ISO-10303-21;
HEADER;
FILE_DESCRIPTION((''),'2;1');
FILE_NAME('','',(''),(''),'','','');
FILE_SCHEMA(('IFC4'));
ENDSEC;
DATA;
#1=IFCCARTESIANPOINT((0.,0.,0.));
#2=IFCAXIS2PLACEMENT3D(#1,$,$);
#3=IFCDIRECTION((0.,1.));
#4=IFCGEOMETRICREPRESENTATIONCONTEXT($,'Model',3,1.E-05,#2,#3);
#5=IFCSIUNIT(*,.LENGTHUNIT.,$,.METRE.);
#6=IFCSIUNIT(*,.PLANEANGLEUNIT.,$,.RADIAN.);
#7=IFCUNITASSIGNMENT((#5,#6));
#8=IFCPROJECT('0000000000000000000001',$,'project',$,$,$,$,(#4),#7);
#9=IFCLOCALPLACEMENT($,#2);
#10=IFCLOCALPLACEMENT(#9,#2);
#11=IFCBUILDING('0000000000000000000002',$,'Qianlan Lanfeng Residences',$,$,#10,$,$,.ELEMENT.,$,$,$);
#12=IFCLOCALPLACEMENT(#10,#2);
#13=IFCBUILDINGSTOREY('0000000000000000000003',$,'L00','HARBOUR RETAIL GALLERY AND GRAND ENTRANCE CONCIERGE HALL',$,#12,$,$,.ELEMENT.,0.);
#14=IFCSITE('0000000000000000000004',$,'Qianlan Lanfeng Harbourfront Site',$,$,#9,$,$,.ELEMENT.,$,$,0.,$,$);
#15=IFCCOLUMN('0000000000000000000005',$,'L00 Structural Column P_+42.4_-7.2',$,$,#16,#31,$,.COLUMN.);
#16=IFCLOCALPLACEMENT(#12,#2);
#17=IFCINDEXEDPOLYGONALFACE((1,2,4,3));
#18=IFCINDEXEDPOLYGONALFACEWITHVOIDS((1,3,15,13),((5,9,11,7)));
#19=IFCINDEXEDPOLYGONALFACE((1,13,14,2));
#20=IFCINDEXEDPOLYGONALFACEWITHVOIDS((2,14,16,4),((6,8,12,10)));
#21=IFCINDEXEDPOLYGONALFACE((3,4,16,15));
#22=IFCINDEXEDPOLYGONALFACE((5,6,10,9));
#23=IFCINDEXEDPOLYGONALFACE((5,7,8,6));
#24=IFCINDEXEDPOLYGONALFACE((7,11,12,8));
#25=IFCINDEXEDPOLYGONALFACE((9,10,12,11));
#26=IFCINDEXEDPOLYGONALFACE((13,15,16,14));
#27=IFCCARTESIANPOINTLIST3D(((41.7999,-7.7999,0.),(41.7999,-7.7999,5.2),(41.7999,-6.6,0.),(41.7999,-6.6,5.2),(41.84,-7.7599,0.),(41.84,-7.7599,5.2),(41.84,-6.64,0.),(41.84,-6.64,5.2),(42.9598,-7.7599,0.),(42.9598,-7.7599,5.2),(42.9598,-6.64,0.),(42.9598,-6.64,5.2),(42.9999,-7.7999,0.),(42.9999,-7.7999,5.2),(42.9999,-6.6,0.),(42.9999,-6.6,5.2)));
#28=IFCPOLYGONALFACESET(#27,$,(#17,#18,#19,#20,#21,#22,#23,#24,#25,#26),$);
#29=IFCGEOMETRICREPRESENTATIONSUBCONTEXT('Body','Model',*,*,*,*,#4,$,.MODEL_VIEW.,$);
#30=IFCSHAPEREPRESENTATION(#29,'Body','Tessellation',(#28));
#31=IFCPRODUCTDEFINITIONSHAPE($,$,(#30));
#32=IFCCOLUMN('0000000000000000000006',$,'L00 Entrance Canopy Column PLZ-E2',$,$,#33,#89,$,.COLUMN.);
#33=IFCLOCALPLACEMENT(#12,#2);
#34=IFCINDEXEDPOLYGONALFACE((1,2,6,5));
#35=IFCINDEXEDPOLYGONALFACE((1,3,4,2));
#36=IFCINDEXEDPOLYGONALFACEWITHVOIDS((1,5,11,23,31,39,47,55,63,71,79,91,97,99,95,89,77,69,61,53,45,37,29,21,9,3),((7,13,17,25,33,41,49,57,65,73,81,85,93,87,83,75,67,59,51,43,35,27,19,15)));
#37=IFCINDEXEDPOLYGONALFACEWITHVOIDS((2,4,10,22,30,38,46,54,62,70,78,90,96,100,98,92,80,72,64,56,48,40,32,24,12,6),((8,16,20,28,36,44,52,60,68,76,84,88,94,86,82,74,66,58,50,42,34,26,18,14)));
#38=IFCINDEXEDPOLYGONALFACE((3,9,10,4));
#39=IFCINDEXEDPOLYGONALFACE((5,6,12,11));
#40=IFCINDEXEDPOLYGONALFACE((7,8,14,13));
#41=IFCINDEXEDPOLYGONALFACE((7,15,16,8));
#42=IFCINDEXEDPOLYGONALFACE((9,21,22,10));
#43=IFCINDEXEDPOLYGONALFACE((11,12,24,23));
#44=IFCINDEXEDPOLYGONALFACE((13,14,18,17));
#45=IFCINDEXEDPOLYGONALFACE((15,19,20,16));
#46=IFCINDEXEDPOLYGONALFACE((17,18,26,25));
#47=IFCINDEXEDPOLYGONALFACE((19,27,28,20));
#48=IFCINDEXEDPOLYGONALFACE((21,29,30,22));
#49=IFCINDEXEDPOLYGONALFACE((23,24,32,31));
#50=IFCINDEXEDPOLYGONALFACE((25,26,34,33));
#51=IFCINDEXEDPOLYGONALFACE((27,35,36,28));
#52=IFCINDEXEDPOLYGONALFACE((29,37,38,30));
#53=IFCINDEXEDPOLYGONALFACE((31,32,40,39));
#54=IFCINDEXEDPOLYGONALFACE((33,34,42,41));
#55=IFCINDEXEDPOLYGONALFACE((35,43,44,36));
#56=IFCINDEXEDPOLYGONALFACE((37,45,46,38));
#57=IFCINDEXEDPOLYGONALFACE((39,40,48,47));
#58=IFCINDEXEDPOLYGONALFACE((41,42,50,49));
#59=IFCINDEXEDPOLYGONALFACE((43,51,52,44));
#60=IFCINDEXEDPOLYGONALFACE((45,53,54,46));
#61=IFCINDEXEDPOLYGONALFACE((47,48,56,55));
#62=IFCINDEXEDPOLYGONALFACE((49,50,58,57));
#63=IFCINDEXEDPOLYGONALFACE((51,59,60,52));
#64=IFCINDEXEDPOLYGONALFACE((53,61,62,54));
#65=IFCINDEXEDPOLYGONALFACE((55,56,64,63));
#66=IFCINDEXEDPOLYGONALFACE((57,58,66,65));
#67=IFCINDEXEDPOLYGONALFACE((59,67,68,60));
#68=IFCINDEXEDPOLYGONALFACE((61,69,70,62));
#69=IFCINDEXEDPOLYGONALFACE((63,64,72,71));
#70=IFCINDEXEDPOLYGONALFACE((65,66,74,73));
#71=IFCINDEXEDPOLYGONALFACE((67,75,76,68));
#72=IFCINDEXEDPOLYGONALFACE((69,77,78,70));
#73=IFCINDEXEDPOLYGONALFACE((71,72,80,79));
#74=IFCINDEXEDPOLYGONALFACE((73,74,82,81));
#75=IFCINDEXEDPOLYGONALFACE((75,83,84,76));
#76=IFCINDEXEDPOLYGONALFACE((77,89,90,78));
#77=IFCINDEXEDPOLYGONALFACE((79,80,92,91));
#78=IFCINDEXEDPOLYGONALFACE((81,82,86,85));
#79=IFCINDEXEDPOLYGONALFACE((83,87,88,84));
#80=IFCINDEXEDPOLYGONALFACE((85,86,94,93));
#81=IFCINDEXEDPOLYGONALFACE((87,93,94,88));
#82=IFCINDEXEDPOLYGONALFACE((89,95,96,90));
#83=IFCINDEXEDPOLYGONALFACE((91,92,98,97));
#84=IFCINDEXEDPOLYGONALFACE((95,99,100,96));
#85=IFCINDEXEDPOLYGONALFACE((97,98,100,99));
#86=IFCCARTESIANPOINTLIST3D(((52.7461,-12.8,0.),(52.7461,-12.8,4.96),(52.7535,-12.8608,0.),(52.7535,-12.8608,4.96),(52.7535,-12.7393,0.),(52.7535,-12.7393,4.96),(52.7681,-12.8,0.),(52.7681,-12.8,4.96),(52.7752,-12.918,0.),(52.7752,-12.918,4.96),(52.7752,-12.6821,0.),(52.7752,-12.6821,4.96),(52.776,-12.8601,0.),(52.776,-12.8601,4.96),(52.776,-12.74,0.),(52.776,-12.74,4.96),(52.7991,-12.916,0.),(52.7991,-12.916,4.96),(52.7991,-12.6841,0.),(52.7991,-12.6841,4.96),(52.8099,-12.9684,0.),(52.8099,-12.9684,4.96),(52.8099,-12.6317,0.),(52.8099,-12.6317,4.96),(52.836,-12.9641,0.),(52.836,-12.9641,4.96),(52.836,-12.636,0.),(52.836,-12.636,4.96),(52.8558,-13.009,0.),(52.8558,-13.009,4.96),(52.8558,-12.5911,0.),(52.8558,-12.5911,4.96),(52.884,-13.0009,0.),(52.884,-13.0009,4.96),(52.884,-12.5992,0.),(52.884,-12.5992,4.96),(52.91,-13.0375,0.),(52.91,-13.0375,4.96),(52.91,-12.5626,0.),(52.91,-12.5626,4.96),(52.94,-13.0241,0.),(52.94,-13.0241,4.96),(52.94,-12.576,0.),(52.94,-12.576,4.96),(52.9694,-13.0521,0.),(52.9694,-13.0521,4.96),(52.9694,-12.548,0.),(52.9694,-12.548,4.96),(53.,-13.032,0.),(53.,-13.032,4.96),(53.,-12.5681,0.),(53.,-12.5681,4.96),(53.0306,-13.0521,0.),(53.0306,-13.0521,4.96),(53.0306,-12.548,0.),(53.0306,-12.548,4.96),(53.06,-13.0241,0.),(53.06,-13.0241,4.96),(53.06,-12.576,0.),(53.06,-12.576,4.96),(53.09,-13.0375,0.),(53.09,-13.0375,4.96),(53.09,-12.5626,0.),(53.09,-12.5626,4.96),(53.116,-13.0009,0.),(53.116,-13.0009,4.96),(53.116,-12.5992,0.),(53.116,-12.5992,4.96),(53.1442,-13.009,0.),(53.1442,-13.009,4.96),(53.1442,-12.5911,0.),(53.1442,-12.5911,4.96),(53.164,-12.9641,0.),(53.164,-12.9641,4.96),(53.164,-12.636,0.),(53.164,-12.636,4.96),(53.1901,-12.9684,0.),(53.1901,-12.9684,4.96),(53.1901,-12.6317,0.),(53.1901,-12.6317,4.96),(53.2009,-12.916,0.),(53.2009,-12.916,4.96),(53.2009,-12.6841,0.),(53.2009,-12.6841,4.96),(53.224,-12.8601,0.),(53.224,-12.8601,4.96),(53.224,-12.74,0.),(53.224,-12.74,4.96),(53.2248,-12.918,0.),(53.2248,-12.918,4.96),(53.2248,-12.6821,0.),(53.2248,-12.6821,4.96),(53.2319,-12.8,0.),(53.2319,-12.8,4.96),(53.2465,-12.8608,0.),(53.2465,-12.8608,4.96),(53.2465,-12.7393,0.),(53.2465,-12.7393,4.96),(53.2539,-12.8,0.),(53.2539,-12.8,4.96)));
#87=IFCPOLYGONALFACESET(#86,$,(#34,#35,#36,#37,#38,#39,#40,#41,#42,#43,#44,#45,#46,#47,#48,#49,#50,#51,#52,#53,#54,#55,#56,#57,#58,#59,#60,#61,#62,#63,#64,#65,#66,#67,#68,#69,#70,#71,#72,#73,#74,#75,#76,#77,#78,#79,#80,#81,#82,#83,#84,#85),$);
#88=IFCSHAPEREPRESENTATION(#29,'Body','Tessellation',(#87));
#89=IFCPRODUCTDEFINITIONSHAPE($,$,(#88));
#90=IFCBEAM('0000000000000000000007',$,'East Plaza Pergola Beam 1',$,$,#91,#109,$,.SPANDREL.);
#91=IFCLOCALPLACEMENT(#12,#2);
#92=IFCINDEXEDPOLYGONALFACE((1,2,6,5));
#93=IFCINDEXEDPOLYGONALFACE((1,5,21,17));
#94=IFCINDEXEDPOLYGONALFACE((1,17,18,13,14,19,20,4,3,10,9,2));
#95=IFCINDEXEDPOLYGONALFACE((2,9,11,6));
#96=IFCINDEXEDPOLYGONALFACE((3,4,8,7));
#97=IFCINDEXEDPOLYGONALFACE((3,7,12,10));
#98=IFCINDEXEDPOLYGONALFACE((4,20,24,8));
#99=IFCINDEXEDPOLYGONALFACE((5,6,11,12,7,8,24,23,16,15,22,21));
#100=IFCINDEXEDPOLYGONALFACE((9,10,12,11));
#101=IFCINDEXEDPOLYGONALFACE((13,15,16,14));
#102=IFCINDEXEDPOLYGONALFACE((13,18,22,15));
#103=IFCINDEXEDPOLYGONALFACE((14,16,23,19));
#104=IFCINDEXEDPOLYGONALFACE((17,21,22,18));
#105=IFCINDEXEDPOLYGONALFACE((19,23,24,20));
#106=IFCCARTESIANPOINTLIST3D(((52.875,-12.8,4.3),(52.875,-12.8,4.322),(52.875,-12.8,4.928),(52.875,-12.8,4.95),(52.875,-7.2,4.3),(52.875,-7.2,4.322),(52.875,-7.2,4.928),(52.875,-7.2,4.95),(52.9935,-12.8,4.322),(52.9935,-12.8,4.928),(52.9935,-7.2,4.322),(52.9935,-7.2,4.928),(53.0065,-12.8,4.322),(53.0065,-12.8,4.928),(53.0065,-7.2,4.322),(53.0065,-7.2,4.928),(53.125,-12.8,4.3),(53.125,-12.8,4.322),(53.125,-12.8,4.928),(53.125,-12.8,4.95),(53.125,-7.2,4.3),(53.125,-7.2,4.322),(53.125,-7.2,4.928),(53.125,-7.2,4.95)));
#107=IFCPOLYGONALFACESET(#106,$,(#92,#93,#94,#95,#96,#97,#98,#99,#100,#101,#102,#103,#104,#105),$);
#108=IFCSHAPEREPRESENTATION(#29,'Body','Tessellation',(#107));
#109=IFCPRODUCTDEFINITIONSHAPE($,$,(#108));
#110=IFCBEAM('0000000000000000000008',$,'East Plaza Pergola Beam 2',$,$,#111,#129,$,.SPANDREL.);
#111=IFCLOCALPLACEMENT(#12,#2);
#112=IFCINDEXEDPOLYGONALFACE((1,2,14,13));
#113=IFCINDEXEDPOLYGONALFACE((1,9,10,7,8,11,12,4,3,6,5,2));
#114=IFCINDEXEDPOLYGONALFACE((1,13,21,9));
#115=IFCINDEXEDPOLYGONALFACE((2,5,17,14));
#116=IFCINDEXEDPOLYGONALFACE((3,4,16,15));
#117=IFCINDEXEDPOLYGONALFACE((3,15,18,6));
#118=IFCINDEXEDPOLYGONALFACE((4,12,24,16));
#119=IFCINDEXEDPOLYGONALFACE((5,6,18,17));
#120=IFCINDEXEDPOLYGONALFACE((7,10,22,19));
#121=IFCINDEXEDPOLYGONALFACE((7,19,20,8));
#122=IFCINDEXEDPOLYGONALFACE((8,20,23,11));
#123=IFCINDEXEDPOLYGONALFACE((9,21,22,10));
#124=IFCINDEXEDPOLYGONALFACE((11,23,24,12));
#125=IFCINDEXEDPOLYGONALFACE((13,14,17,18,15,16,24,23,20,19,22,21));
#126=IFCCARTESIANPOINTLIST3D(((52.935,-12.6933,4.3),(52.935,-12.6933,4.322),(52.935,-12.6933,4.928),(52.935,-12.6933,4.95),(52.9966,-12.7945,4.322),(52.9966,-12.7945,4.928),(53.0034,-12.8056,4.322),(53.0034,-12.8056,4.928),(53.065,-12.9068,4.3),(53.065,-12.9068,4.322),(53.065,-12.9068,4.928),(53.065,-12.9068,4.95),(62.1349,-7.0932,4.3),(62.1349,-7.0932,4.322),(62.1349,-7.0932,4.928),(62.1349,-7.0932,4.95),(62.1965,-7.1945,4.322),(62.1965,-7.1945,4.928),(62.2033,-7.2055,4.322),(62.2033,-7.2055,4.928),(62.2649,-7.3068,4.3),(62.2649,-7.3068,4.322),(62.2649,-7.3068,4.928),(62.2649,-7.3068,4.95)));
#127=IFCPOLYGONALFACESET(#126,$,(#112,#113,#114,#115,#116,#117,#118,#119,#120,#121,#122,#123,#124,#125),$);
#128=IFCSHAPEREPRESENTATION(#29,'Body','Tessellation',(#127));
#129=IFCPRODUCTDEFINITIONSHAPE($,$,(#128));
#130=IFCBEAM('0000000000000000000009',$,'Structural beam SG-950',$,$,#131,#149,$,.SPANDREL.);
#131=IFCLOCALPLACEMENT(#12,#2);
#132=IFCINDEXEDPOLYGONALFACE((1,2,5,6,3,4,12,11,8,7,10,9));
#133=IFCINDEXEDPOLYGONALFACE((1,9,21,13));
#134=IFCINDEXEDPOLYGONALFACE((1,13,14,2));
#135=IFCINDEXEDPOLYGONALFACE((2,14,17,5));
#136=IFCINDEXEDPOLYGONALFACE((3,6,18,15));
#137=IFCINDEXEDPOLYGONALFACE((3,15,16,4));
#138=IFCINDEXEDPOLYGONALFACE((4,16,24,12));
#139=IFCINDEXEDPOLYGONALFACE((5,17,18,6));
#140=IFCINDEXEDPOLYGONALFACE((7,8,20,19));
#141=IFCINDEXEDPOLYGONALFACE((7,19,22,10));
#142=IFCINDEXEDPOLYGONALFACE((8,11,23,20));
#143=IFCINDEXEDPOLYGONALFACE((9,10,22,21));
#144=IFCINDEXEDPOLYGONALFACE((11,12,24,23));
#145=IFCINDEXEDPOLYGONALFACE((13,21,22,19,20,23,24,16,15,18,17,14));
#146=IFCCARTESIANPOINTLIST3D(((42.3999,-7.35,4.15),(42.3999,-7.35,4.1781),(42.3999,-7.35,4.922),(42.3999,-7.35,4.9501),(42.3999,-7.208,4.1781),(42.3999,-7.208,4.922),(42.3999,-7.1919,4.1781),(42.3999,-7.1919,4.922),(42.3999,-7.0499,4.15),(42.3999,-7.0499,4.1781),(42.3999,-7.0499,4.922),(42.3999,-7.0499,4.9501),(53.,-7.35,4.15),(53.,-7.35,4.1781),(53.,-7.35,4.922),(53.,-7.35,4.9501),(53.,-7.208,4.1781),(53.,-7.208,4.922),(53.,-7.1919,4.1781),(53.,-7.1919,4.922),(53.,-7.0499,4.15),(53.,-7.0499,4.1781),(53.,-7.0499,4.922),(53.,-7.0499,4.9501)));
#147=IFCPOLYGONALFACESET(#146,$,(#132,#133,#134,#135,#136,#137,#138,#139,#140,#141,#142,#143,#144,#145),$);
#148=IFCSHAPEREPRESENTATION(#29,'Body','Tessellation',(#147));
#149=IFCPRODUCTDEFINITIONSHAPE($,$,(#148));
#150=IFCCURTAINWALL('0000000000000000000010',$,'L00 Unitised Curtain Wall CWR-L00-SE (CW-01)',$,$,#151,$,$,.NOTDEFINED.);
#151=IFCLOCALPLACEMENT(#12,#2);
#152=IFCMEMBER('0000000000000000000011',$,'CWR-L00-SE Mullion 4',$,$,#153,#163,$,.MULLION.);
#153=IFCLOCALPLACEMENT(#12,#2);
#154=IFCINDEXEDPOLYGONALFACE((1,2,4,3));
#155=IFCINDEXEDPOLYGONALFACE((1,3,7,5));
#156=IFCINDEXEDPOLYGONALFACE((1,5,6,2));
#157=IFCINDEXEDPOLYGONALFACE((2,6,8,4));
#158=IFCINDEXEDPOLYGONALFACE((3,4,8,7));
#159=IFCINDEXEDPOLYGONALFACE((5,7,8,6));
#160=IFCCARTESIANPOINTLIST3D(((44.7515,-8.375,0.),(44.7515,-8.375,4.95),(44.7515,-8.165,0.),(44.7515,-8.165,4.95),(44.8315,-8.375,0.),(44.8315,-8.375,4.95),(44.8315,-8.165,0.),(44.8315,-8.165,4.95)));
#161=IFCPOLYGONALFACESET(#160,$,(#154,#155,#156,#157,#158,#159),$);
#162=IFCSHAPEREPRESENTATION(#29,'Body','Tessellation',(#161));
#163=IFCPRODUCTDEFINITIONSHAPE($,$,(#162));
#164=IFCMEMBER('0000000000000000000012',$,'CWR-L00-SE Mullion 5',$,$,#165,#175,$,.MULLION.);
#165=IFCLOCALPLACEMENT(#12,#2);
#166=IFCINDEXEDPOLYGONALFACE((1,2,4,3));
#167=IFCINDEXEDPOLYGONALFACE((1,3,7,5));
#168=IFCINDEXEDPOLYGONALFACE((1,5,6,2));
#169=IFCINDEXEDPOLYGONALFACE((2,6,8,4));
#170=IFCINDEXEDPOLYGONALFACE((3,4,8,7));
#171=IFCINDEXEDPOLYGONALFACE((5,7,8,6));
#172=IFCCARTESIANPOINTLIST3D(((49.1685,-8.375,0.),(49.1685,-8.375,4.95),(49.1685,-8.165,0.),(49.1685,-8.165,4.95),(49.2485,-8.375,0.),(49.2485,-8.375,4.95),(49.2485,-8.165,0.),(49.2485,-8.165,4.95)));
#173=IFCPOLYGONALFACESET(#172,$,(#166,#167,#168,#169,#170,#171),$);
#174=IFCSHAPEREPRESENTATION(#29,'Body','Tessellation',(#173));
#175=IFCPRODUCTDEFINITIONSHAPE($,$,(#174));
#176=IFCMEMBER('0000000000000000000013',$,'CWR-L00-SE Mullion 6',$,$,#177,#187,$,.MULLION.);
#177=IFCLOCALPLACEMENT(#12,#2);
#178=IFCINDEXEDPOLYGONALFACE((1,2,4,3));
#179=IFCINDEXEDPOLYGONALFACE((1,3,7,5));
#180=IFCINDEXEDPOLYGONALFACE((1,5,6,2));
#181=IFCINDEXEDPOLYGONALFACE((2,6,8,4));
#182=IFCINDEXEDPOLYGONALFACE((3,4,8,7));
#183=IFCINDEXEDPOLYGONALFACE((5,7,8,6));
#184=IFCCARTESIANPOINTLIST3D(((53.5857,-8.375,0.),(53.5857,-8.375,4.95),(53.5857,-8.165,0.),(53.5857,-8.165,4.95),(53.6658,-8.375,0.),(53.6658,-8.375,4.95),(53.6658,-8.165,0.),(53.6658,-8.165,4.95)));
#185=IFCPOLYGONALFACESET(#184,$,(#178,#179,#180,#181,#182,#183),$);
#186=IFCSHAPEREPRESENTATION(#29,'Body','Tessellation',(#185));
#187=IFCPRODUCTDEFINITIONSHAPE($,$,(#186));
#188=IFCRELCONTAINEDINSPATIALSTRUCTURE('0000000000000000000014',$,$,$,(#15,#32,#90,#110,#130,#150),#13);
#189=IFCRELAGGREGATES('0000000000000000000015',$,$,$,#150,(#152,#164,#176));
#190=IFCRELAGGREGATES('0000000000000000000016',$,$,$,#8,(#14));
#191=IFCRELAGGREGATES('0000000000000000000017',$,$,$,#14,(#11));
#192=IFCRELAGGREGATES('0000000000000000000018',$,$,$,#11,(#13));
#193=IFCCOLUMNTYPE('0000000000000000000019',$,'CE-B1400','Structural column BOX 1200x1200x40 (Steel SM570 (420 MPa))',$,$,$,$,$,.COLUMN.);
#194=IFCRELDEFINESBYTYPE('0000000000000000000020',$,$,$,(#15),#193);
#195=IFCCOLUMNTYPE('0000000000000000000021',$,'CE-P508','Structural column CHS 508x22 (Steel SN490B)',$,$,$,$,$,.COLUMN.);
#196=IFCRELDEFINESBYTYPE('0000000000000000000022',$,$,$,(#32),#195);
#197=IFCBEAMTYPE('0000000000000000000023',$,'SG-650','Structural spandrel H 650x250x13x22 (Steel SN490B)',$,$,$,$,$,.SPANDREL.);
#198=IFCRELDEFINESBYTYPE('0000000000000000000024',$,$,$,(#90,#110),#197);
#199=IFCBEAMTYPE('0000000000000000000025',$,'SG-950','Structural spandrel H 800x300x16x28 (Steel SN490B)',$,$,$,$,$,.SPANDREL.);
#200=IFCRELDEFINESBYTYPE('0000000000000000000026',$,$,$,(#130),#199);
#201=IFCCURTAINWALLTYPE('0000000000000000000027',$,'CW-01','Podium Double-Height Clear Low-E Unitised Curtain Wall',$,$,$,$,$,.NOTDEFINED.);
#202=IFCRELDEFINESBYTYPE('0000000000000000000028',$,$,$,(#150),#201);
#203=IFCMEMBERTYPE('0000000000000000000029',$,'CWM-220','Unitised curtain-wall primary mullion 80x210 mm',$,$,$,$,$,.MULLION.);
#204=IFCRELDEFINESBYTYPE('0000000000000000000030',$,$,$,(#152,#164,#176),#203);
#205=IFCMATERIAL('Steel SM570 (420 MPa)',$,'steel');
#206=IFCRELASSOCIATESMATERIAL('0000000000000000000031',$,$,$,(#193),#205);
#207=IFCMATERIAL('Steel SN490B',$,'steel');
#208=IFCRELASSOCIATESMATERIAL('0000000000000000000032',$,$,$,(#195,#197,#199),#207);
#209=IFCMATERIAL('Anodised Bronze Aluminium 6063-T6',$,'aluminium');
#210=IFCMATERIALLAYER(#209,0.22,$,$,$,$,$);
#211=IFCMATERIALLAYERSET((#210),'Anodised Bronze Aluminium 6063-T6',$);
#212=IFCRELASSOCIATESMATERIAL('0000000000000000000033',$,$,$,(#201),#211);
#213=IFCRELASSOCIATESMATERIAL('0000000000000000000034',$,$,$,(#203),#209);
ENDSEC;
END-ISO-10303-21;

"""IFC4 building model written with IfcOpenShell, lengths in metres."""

from ifc_helpers import new_model, si_unit, direction, frame, origin, origin_2d, place, context, subcontext, project, spatial, rectangle, hollow_rectangle, hollow_circle, i_section, extrude, source, transform, mapped, material, layer, layer_set, material_profile, profile_set, type_object, element, aggregate, save


model = new_model("IFC4")

# Units and contexts
model_context = context("Model", 3, precision=1e-05, world=origin(), true_north=direction((0.0, 1.0)))
body_context = subcontext(model_context, "Body", "Model", "MODEL_VIEW")
ifc_project = project(units=[si_unit("LENGTHUNIT", "METRE"), si_unit("PLANEANGLEUNIT", "RADIAN")], contexts=[model_context])

# Site, building, storey
site_placement = place(None, origin())
site = spatial("IfcSite", under=ifc_project, at=site_placement, Name="Qianlan Lanfeng Harbourfront Site", CompositionType="ELEMENT", RefElevation=0.0)
building_placement = place(site_placement, origin())
building = spatial("IfcBuilding", under=site, at=building_placement, Name="Qianlan Lanfeng Residences", CompositionType="ELEMENT")
storey_placement = place(building_placement, origin())
storey = spatial("IfcBuildingStorey", under=building, at=storey_placement, Name="L00", Description="HARBOUR RETAIL GALLERY AND GRAND ENTRANCE CONCIERGE HALL", CompositionType="ELEMENT", Elevation=0.0)

# Columns
ifc_material_1 = material(Name="Steel SM570 (420 MPa)", Category="steel")
ifc_material_profile_1 = material_profile(ifc_material_1, hollow_rectangle(XDim=1.2, YDim=1.2, WallThickness=0.04, at=origin_2d()), Name="BOX 1200x1200x40")
ifc_profile_set_1 = profile_set([ifc_material_profile_1], Name="Steel SM570 (420 MPa)")
column_type_1 = type_object("IfcColumnType", Name="CE-B1400", Description="Structural column BOX 1200x1200x40 (Steel SM570 (420 MPa))", PredefinedType="COLUMN", material=ifc_profile_set_1)
column_1_placement = place(storey_placement, frame((42.3999, -7.2, 0.0), z_axis=(0.0, 0.0, 1.0), x_axis=(1.0, 0.0, 0.0)))
element("IfcColumn", 1, at=column_1_placement, inside=storey, type_object=column_type_1, Name="L00 Structural Column P_+42.4_-7.2", PredefinedType="COLUMN", context=body_context, shape_type="SweptSolid", body=[
    extrude(hollow_rectangle(XDim=1.2, YDim=1.2, WallThickness=0.04, at=origin_2d()), origin(), (0.0, 0.0, 1.0), 5.2),
])
ifc_material_2 = material(Name="Steel SN490B", Category="steel")
ifc_material_profile_2 = material_profile(ifc_material_2, hollow_circle(Radius=0.2539, WallThickness=0.022, at=origin_2d()), Name="CHS 508x22")
ifc_profile_set_2 = profile_set([ifc_material_profile_2], Name="Steel SN490B")
column_type_2 = type_object("IfcColumnType", Name="CE-P508", Description="Structural column CHS 508x22 (Steel SN490B)", PredefinedType="COLUMN", material=ifc_profile_set_2)
column_2_placement = place(storey_placement, frame((53.0, -12.8, 0.0), z_axis=(0.0, 0.0, 1.0), x_axis=(1.0, 0.0, 0.0)))
element("IfcColumn", 2, at=column_2_placement, inside=storey, type_object=column_type_2, Name="L00 Entrance Canopy Column PLZ-E2", PredefinedType="COLUMN", context=body_context, shape_type="SweptSolid", body=[
    extrude(hollow_circle(Radius=0.2539, WallThickness=0.022, at=origin_2d()), origin(), (0.0, 0.0, 1.0), 4.96),
])

# Beams
ifc_material_profile_3 = material_profile(ifc_material_2, i_section(OverallWidth=0.25, OverallDepth=0.6499, WebThickness=0.0129, FlangeThickness=0.022, at=origin_2d()), Name="H 650x250x13x22")
ifc_profile_set_3 = profile_set([ifc_material_profile_3], Name="Steel SN490B")
beam_type_1 = type_object("IfcBeamType", Name="SG-650", Description="Structural spandrel H 650x250x13x22 (Steel SN490B)", PredefinedType="SPANDREL", material=ifc_profile_set_3)
beam_1_placement = place(storey_placement, frame((53.0, -12.8, 4.625), z_axis=(0.0, 1.0, 0.0), x_axis=(-1.0, 0.0, 0.0)))
element("IfcBeam", 3, at=beam_1_placement, inside=storey, type_object=beam_type_1, Name="East Plaza Pergola Beam 1", PredefinedType="SPANDREL", context=body_context, shape_type="SweptSolid", body=[
    extrude(i_section(OverallWidth=0.25, OverallDepth=0.6499, WebThickness=0.0129, FlangeThickness=0.022, at=origin_2d()), origin(), (0.0, 0.0, 1.0), 5.6001),
])
beam_2_placement = place(storey_placement, frame((53.0, -12.8, 4.625), z_axis=(0.854193, 0.519956, 0.0), x_axis=(-0.519956, 0.854193, 0.0)))
element("IfcBeam", 4, at=beam_2_placement, inside=storey, type_object=beam_type_1, Name="East Plaza Pergola Beam 2", PredefinedType="SPANDREL", context=body_context, shape_type="SweptSolid", body=[
    extrude(i_section(OverallWidth=0.25, OverallDepth=0.6499, WebThickness=0.0129, FlangeThickness=0.022, at=origin_2d()), origin(), (0.0, 0.0, 1.0), 10.7703),
])
ifc_material_profile_4 = material_profile(ifc_material_2, i_section(OverallWidth=0.3, OverallDepth=0.8, WebThickness=0.0161, FlangeThickness=0.0281, at=origin_2d()), Name="H 800x300x16x28")
ifc_profile_set_4 = profile_set([ifc_material_profile_4], Name="Steel SN490B")
beam_type_2 = type_object("IfcBeamType", Name="SG-950", Description="Structural spandrel H 800x300x16x28 (Steel SN490B)", PredefinedType="SPANDREL", material=ifc_profile_set_4)
beam_3_placement = place(storey_placement, frame((42.3999, -7.2, 4.55), z_axis=(1.0, 0.0, 0.0), x_axis=(0.0, 1.0, 0.0)))
element("IfcBeam", 5, at=beam_3_placement, inside=storey, type_object=beam_type_2, Name="Structural beam SG-950", PredefinedType="SPANDREL", context=body_context, shape_type="SweptSolid", body=[
    extrude(i_section(OverallWidth=0.3, OverallDepth=0.8, WebThickness=0.0161, FlangeThickness=0.0281, at=origin_2d()), origin(), (0.0, 0.0, 1.0), 10.6001),
])

# Curtain wall, members
ifc_material_3 = material(Name="Anodised Bronze Aluminium 6063-T6", Category="aluminium")
ifc_layer_1 = layer(ifc_material_3, 0.22)
ifc_layer_set_1 = layer_set([ifc_layer_1], Name="Anodised Bronze Aluminium 6063-T6")
curtain_wall_type = type_object("IfcCurtainWallType", Name="CW-01", Description="Podium Double-Height Clear Low-E Unitised Curtain Wall", PredefinedType="NOTDEFINED", material=ifc_layer_set_1)
curtain_wall_placement = place(storey_placement, origin())
curtain_wall = element("IfcCurtainWall", 6, at=curtain_wall_placement, inside=storey, type_object=curtain_wall_type, Name="L00 Unitised Curtain Wall CWR-L00-SE (CW-01)", PredefinedType="NOTDEFINED")
ifc_material_profile_5 = material_profile(ifc_material_3, rectangle(XDim=0.0801, YDim=0.21, at=origin_2d()), Name="ALU MULLION 80x210")
ifc_profile_set_5 = profile_set([ifc_material_profile_5], Name="Anodised Bronze Aluminium 6063-T6")
member_type_1 = type_object("IfcMemberType", Name="CWM-220", Description="Unitised curtain-wall primary mullion 80x210 mm", PredefinedType="MULLION", material=ifc_profile_set_5)
shared_shape_1 = source(origin(), body_context, "Body", "SweptSolid", [
    extrude(rectangle(XDim=0.0801, YDim=0.21, at=origin_2d()), origin(), (0.0, 0.0, 1.0), 4.95),
])
member_1_placement = place(storey_placement, frame((44.7915, -8.27, 0.0), z_axis=(0.0, 0.0, 1.0), x_axis=(1.0, 0.0, 0.0)))
member_1 = element("IfcMember", 7, at=member_1_placement, type_object=member_type_1, Name="CWR-L00-SE Mullion 4", PredefinedType="MULLION", context=body_context, shape_type="MappedRepresentation", body=[
    mapped(shared_shape_1, transform((0.0, 0.0, 0.0), scale=1.0)),
])
member_2_placement = place(storey_placement, frame((49.2085, -8.27, 0.0), z_axis=(0.0, 0.0, 1.0), x_axis=(1.0, 0.0, 0.0)))
member_2 = element("IfcMember", 8, at=member_2_placement, type_object=member_type_1, Name="CWR-L00-SE Mullion 5", PredefinedType="MULLION", context=body_context, shape_type="MappedRepresentation", body=[
    mapped(shared_shape_1, transform((0.0, 0.0, 0.0), scale=1.0)),
])
member_3_placement = place(storey_placement, frame((53.6257, -8.27, 0.0), z_axis=(0.0, 0.0, 1.0), x_axis=(1.0, 0.0, 0.0)))
member_3 = element("IfcMember", 9, at=member_3_placement, type_object=member_type_1, Name="CWR-L00-SE Mullion 6", PredefinedType="MULLION", context=body_context, shape_type="MappedRepresentation", body=[
    mapped(shared_shape_1, transform((0.0, 0.0, 0.0), scale=1.0)),
])
aggregate(curtain_wall, [member_1, member_2, member_3])

save(model, "model.ifc")
